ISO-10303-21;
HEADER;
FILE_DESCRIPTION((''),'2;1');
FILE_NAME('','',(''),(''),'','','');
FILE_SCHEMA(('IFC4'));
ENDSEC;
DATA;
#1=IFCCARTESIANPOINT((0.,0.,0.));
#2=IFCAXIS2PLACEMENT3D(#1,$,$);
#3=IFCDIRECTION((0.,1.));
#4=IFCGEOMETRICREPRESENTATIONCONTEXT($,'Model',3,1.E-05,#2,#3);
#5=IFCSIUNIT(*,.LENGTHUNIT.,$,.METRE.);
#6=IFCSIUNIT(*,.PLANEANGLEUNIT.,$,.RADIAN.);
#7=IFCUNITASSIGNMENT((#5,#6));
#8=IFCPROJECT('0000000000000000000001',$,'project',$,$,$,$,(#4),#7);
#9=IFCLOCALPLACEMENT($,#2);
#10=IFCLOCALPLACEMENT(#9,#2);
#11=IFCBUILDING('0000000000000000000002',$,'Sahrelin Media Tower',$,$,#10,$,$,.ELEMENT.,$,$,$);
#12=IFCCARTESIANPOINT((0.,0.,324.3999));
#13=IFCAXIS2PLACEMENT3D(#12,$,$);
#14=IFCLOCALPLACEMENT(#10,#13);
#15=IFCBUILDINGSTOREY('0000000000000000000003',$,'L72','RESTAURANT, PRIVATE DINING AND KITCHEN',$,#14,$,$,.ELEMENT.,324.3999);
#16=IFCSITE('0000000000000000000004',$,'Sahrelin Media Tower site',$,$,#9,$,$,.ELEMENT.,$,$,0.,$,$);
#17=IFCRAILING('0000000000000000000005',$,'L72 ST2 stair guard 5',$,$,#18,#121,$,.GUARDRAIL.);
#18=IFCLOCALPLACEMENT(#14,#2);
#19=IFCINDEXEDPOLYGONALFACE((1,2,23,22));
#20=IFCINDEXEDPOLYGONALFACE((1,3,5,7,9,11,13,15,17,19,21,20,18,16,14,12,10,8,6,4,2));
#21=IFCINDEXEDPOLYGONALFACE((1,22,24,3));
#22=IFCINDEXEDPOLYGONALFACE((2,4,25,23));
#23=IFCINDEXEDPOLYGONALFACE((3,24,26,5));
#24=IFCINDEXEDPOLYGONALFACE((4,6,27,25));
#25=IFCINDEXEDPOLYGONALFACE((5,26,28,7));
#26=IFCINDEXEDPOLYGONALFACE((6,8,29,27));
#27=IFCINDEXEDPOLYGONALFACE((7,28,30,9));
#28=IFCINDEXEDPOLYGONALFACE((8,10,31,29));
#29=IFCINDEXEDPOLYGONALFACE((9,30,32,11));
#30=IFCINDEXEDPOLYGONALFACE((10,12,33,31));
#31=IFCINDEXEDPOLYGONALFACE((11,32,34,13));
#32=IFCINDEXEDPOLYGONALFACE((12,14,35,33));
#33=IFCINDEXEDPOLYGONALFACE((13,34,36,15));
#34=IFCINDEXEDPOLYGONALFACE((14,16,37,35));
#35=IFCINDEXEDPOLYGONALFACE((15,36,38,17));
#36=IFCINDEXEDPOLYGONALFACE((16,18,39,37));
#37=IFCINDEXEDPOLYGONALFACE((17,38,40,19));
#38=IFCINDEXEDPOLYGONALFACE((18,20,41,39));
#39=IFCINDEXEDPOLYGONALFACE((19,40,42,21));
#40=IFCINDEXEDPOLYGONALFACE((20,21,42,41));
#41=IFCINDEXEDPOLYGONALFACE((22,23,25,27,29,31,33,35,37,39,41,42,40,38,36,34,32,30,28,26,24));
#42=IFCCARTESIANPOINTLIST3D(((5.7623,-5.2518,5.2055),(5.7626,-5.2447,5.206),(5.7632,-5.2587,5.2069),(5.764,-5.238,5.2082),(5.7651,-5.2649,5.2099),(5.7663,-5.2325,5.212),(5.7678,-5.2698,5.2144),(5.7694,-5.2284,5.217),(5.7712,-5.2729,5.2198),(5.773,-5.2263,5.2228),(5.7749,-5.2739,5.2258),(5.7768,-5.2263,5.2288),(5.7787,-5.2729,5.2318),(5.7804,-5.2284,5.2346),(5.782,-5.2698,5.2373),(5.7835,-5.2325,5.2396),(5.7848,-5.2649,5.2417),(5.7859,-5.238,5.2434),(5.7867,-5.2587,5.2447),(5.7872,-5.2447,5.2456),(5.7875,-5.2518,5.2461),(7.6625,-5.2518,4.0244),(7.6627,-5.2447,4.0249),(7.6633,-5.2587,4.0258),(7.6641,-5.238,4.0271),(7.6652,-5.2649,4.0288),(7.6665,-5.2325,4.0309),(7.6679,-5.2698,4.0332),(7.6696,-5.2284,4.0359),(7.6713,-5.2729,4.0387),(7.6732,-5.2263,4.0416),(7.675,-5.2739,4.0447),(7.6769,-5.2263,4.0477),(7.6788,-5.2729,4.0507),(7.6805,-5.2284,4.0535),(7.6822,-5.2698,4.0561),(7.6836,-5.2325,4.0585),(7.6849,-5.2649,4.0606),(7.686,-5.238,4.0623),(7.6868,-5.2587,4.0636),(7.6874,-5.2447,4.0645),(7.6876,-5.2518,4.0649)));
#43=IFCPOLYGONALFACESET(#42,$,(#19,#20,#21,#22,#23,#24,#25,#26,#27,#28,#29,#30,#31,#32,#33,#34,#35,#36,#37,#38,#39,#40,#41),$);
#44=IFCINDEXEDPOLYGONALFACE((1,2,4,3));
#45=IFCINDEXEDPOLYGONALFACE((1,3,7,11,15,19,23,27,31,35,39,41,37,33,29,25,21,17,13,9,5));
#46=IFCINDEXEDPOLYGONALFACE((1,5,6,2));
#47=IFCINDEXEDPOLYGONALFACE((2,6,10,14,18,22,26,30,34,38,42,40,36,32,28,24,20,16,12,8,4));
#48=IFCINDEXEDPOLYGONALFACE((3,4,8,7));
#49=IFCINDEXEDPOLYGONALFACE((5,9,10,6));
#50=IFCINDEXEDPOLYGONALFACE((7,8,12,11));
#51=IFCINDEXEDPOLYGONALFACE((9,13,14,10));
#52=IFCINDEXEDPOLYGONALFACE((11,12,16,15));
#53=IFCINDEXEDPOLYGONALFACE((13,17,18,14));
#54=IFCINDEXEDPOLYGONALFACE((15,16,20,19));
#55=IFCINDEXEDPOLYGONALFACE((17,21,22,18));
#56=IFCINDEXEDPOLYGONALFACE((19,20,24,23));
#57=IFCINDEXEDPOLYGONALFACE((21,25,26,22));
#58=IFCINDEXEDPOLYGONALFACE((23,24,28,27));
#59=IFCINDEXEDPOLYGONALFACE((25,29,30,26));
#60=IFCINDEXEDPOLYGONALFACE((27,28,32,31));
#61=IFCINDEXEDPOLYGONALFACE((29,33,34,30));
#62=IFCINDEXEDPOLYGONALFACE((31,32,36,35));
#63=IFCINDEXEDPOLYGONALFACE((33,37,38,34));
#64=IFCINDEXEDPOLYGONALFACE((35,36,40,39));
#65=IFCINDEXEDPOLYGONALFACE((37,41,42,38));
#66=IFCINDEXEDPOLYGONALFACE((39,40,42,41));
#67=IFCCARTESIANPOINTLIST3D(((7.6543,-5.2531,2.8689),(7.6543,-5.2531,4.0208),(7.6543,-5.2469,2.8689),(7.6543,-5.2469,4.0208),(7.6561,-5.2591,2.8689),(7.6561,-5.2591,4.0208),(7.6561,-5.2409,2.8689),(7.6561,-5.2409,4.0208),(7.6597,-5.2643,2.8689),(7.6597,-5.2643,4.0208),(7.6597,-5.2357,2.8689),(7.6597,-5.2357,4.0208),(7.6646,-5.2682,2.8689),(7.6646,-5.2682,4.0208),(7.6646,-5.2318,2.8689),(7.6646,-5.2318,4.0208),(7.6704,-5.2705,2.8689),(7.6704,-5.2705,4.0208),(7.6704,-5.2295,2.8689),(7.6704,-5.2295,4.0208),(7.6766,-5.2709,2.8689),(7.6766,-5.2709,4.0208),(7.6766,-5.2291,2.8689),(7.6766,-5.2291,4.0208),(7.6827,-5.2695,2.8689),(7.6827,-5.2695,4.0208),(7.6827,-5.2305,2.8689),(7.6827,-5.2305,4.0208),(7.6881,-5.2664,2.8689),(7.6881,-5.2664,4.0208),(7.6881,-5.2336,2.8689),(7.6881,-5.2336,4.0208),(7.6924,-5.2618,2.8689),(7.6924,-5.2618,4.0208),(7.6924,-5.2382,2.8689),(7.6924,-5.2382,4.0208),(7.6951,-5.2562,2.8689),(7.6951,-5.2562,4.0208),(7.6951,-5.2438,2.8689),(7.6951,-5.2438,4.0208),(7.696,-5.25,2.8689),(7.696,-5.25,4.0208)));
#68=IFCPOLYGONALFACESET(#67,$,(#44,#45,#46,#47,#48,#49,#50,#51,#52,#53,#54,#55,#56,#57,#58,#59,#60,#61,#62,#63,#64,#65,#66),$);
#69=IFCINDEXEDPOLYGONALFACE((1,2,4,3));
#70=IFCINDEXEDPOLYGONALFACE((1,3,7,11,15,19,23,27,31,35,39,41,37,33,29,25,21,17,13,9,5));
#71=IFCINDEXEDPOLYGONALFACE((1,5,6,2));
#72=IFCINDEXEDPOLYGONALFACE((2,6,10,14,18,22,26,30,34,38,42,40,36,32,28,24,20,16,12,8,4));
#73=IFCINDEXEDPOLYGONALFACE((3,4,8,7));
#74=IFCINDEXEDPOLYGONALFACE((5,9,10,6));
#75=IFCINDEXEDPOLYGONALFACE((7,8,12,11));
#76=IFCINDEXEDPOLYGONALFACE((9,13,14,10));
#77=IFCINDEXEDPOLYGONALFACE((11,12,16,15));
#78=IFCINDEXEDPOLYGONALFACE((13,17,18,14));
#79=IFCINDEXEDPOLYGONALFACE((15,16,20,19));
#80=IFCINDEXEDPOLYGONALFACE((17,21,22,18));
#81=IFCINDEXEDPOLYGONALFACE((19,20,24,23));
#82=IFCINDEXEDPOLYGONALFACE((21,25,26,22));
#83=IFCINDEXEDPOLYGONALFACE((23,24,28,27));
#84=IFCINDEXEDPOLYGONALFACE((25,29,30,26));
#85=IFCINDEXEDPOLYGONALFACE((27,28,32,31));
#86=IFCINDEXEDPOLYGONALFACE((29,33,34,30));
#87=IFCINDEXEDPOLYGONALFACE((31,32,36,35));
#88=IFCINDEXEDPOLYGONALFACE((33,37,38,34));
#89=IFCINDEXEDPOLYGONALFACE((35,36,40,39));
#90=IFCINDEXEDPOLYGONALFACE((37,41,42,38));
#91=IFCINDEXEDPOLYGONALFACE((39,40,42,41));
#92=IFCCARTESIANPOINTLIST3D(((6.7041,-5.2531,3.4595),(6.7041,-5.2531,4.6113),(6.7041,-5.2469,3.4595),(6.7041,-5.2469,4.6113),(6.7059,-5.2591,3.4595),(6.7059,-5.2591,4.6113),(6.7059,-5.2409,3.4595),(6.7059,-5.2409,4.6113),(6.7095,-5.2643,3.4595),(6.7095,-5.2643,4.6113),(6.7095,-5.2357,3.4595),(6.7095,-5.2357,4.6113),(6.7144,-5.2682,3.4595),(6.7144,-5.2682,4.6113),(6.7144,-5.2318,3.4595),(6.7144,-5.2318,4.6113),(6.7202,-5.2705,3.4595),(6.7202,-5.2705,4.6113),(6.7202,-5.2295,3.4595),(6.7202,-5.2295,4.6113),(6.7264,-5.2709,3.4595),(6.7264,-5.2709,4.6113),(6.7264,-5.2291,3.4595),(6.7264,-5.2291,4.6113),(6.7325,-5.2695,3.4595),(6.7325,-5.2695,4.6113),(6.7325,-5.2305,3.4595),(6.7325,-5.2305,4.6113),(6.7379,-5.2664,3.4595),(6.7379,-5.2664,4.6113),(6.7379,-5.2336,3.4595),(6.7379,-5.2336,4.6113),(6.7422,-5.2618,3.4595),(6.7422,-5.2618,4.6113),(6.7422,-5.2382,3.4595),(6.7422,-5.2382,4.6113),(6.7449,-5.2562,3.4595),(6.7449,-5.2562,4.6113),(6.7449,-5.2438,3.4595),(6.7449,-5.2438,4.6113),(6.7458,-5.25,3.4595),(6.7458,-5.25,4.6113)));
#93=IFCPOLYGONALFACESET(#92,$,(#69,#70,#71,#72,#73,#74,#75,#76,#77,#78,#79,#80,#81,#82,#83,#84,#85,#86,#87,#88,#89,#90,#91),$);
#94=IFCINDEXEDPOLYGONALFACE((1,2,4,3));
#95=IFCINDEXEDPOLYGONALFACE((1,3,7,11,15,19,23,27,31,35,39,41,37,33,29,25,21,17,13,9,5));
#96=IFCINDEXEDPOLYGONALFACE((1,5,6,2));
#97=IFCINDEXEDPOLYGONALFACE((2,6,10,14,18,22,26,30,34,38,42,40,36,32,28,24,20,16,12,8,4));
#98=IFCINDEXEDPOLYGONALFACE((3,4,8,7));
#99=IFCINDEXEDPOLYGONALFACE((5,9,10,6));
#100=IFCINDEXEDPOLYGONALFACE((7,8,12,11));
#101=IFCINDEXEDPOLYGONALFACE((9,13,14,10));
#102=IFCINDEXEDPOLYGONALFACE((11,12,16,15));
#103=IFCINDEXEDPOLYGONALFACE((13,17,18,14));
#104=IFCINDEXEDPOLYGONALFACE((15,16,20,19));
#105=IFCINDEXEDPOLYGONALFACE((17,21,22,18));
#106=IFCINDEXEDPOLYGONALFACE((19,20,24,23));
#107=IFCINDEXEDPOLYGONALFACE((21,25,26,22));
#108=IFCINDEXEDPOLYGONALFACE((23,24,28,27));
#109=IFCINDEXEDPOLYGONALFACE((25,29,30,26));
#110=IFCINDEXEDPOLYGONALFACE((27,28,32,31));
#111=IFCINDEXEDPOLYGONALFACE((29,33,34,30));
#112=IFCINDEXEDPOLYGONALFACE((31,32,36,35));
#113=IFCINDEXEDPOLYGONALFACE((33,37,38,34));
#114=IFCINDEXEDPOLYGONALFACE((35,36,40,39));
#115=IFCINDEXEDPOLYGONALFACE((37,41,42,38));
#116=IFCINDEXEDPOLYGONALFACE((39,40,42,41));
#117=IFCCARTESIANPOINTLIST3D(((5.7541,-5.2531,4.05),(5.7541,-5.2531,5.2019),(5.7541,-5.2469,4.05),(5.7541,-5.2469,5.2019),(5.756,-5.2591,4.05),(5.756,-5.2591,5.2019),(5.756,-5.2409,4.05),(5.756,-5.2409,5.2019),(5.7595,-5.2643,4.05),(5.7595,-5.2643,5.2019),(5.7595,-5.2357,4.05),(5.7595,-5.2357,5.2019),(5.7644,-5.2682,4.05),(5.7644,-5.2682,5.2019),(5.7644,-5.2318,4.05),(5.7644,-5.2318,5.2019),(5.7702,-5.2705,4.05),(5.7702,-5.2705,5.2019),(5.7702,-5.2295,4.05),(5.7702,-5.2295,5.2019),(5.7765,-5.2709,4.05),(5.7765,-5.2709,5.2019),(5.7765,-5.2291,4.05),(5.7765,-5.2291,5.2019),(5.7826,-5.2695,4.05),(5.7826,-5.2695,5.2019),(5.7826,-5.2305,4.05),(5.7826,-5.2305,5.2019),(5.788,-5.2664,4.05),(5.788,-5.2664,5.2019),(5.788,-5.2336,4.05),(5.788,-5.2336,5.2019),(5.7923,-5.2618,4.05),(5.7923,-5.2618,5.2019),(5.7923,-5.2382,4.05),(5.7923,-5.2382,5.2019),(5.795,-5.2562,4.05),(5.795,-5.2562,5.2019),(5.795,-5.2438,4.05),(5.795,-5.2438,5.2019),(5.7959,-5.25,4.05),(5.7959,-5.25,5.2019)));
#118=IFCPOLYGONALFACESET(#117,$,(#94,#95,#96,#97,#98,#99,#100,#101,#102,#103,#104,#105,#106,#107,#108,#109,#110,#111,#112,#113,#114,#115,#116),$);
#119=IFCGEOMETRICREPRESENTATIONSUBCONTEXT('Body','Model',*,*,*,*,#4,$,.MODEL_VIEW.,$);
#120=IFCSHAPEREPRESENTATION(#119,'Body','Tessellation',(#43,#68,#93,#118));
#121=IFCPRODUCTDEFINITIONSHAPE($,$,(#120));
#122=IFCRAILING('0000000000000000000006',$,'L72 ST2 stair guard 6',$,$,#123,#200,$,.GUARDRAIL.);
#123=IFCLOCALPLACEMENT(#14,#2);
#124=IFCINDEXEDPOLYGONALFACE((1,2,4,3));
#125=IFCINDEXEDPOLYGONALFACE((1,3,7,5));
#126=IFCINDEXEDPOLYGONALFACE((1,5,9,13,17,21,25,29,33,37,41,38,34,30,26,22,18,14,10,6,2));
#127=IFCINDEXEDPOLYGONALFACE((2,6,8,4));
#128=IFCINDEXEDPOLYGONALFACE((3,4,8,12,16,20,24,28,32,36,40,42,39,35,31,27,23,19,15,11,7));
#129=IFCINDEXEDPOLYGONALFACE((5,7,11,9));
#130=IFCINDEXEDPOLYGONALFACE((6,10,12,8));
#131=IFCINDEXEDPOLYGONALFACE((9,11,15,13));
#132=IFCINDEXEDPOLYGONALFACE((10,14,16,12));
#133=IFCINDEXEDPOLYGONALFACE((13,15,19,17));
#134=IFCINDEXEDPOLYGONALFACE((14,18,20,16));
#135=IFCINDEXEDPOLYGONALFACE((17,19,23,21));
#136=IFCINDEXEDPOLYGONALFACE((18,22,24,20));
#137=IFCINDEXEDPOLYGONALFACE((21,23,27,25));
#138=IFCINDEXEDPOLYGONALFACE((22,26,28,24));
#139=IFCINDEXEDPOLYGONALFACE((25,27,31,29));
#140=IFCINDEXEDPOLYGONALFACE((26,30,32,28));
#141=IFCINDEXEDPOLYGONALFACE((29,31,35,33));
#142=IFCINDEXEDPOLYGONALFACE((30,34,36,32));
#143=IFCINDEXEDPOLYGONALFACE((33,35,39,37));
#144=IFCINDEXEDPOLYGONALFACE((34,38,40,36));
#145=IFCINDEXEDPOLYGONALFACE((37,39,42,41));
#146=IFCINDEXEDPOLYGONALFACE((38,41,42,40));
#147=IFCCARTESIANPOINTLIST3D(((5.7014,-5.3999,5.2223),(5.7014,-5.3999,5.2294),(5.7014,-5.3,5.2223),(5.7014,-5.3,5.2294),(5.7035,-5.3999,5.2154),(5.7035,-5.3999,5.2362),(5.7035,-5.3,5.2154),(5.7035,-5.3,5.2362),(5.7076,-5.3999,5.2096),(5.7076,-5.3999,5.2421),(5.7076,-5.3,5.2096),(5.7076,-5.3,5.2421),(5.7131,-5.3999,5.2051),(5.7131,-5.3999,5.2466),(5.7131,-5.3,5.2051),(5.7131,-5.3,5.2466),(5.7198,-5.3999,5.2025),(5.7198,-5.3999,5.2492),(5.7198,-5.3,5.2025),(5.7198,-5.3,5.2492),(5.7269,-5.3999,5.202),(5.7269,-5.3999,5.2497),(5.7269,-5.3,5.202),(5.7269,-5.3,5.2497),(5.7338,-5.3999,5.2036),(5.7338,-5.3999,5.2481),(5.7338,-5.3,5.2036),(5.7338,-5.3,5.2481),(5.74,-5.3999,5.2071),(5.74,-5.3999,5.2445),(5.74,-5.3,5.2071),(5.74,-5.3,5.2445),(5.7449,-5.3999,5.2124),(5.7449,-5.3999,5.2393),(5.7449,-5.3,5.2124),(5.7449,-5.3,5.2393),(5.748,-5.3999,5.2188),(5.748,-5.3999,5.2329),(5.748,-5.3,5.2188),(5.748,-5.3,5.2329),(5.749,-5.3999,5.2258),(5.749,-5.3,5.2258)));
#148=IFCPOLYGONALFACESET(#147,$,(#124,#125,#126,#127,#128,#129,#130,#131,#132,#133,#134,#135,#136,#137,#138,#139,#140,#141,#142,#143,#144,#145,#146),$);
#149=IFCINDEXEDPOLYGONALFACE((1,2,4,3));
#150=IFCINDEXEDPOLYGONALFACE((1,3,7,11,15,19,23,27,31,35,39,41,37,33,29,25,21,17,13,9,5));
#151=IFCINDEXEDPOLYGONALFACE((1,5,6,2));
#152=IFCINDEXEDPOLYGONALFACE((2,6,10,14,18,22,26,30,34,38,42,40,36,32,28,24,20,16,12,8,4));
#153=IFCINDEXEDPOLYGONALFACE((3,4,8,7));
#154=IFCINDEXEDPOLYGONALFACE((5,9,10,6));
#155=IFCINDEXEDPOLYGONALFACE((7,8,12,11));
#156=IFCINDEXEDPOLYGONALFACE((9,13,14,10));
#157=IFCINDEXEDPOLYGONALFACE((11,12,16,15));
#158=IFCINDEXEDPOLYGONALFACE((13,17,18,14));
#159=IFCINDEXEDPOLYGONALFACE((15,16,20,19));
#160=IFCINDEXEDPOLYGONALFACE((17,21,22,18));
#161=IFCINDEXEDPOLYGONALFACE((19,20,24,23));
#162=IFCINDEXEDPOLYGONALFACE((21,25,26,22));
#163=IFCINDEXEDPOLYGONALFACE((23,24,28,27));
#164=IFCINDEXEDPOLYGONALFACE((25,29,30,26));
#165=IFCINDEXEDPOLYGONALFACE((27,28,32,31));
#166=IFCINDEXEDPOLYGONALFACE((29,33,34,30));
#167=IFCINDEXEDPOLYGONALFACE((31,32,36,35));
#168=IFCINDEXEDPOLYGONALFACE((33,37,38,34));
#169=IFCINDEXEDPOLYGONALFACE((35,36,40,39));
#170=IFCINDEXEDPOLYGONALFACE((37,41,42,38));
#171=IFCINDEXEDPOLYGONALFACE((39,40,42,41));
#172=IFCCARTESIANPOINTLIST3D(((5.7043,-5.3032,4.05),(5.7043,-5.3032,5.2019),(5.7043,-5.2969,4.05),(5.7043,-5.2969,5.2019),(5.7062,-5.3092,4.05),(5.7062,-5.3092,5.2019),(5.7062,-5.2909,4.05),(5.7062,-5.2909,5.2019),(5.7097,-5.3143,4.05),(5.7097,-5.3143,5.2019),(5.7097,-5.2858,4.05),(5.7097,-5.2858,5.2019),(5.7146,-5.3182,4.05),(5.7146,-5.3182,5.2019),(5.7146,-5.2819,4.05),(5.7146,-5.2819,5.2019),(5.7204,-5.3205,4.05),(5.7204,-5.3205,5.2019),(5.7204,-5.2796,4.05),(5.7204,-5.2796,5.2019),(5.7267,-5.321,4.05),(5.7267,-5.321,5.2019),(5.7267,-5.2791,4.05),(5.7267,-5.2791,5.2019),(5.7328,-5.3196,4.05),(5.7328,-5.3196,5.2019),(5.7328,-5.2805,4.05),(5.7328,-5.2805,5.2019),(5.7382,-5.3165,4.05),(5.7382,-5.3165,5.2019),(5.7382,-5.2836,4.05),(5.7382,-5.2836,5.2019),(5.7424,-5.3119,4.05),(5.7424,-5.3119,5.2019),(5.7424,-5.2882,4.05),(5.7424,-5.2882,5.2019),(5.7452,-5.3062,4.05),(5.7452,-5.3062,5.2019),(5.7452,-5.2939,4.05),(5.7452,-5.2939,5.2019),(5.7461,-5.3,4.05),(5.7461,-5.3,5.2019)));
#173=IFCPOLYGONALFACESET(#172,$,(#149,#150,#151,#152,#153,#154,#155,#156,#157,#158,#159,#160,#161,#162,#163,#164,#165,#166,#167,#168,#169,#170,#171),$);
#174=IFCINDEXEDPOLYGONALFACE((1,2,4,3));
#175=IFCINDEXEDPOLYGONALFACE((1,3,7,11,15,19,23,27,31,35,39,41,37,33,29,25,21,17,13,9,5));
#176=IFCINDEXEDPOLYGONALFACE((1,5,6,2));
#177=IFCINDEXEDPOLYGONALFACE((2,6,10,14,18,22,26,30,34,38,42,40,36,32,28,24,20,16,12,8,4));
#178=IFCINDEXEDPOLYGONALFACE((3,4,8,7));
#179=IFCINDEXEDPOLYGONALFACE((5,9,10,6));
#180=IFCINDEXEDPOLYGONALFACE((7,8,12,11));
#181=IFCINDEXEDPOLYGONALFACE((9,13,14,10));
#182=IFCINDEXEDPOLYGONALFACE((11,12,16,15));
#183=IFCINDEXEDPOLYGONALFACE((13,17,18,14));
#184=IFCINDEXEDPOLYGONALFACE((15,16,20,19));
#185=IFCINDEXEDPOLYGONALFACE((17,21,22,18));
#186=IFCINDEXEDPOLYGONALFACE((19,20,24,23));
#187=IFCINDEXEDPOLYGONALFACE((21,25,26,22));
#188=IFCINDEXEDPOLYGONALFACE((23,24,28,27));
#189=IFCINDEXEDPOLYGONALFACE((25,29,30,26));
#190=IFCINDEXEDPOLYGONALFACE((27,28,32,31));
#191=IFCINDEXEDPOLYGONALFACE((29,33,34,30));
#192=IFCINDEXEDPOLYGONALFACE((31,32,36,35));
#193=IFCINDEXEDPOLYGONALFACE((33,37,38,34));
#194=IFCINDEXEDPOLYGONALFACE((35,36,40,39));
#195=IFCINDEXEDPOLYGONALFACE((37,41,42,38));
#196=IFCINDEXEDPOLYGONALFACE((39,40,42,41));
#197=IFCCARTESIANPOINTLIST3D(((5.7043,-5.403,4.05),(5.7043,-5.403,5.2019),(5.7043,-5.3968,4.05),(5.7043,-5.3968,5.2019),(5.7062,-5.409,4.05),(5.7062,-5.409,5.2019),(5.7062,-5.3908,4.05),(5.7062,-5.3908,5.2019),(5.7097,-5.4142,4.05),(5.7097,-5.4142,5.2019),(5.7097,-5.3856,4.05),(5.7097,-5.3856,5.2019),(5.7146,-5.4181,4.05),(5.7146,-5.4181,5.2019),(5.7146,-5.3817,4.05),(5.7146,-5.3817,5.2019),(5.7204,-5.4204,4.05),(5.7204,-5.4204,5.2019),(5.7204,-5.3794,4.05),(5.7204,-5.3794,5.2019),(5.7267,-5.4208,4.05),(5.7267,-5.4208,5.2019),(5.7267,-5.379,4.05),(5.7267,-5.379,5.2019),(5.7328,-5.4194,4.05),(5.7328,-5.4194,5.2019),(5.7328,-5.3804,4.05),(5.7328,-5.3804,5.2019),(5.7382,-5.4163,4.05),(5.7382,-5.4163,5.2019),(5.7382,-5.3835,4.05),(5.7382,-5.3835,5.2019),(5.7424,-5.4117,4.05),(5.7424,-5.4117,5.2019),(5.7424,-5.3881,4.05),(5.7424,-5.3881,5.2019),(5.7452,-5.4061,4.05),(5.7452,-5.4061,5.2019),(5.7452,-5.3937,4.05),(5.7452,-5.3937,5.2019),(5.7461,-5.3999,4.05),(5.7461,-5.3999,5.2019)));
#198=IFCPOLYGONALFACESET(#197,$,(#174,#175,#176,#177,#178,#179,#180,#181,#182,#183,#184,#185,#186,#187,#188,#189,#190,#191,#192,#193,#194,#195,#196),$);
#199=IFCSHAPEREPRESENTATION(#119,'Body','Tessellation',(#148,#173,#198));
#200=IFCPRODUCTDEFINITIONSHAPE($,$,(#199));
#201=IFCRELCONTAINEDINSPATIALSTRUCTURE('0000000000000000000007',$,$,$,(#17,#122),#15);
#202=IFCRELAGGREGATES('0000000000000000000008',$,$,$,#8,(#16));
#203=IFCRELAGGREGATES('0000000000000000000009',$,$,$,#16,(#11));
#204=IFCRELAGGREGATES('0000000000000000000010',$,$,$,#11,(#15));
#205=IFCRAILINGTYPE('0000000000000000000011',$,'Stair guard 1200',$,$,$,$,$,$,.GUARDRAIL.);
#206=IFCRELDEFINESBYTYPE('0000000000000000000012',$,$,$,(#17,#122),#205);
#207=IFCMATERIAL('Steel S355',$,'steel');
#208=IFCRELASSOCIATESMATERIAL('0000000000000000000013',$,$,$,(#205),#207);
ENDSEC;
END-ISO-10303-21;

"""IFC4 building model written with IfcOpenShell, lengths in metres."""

from ifc_helpers import new_model, si_unit, direction, frame, origin, origin_2d, place, context, subcontext, project, spatial, circle, extrude, material, type_object, element, save


model = new_model("IFC4")

# Units and contexts
model_context = context("Model", 3, precision=1e-05, world=origin(), true_north=direction((0.0, 1.0)))
body_context = subcontext(model_context, "Body", "Model", "MODEL_VIEW")
ifc_project = project(units=[si_unit("LENGTHUNIT", "METRE"), si_unit("PLANEANGLEUNIT", "RADIAN")], contexts=[model_context])

# Site, building, storey
site_placement = place(None, origin())
site = spatial("IfcSite", under=ifc_project, at=site_placement, Name="Sahrelin Media Tower site", CompositionType="ELEMENT", RefElevation=0.0)
building_placement = place(site_placement, origin())
building = spatial("IfcBuilding", under=site, at=building_placement, Name="Sahrelin Media Tower", CompositionType="ELEMENT")
storey_placement = place(building_placement, frame((0.0, 0.0, 324.3999)))
storey = spatial("IfcBuildingStorey", under=building, at=storey_placement, Name="L72", Description="RESTAURANT, PRIVATE DINING AND KITCHEN", CompositionType="ELEMENT", Elevation=324.3999)

# Railings
ifc_material_1 = material(Name="Steel S355", Category="steel")
railing_type_1 = type_object("IfcRailingType", Name="Stair guard 1200", PredefinedType="GUARDRAIL", material=ifc_material_1)
railing_1_placement = place(storey_placement, frame((7.675, -5.25, 2.8689)))
element("IfcRailing", 1, at=railing_1_placement, inside=storey, type_object=railing_type_1, Name="L72 ST2 stair guard 5", PredefinedType="GUARDRAIL", context=body_context, shape_type="SweptSolid", body=[
    extrude(circle(Radius=0.0239, at=origin_2d()), frame((0.0, 0.0, 1.1758), z_axis=(-0.849289, 0.0, 0.527928), x_axis=(0.0, -1.0, 0.0)), (0.0, 0.0, 1.0), 2.2373),
    extrude(circle(Radius=0.021, at=origin_2d()), origin(), (0.0, 0.0, 1.0), 1.1519),
    extrude(circle(Radius=0.021, at=origin_2d()), frame((-0.9502, 0.0, 0.5906)), (0.0, 0.0, 1.0), 1.1519),
    extrude(circle(Radius=0.021, at=origin_2d()), frame((-1.9001, 0.0, 1.1812)), (0.0, 0.0, 1.0), 1.1519),
])
railing_2_placement = place(storey_placement, frame((5.7251, -5.3, 4.05)))
element("IfcRailing", 2, at=railing_2_placement, inside=storey, type_object=railing_type_1, Name="L72 ST2 stair guard 6", PredefinedType="GUARDRAIL", context=body_context, shape_type="SweptSolid", body=[
    extrude(circle(Radius=0.0239, at=origin_2d()), frame((0.0, 0.0, 1.1758), z_axis=(0.0, -1.0, 0.0), x_axis=(1.0, 0.0, 0.0)), (0.0, 0.0, 1.0), 0.0999),
    extrude(circle(Radius=0.021, at=origin_2d()), origin(), (0.0, 0.0, 1.0), 1.1519),
    extrude(circle(Radius=0.021, at=origin_2d()), frame((0.0, -0.0999, 0.0)), (0.0, 0.0, 1.0), 1.1519),
])

save(model, "model.ifc")
